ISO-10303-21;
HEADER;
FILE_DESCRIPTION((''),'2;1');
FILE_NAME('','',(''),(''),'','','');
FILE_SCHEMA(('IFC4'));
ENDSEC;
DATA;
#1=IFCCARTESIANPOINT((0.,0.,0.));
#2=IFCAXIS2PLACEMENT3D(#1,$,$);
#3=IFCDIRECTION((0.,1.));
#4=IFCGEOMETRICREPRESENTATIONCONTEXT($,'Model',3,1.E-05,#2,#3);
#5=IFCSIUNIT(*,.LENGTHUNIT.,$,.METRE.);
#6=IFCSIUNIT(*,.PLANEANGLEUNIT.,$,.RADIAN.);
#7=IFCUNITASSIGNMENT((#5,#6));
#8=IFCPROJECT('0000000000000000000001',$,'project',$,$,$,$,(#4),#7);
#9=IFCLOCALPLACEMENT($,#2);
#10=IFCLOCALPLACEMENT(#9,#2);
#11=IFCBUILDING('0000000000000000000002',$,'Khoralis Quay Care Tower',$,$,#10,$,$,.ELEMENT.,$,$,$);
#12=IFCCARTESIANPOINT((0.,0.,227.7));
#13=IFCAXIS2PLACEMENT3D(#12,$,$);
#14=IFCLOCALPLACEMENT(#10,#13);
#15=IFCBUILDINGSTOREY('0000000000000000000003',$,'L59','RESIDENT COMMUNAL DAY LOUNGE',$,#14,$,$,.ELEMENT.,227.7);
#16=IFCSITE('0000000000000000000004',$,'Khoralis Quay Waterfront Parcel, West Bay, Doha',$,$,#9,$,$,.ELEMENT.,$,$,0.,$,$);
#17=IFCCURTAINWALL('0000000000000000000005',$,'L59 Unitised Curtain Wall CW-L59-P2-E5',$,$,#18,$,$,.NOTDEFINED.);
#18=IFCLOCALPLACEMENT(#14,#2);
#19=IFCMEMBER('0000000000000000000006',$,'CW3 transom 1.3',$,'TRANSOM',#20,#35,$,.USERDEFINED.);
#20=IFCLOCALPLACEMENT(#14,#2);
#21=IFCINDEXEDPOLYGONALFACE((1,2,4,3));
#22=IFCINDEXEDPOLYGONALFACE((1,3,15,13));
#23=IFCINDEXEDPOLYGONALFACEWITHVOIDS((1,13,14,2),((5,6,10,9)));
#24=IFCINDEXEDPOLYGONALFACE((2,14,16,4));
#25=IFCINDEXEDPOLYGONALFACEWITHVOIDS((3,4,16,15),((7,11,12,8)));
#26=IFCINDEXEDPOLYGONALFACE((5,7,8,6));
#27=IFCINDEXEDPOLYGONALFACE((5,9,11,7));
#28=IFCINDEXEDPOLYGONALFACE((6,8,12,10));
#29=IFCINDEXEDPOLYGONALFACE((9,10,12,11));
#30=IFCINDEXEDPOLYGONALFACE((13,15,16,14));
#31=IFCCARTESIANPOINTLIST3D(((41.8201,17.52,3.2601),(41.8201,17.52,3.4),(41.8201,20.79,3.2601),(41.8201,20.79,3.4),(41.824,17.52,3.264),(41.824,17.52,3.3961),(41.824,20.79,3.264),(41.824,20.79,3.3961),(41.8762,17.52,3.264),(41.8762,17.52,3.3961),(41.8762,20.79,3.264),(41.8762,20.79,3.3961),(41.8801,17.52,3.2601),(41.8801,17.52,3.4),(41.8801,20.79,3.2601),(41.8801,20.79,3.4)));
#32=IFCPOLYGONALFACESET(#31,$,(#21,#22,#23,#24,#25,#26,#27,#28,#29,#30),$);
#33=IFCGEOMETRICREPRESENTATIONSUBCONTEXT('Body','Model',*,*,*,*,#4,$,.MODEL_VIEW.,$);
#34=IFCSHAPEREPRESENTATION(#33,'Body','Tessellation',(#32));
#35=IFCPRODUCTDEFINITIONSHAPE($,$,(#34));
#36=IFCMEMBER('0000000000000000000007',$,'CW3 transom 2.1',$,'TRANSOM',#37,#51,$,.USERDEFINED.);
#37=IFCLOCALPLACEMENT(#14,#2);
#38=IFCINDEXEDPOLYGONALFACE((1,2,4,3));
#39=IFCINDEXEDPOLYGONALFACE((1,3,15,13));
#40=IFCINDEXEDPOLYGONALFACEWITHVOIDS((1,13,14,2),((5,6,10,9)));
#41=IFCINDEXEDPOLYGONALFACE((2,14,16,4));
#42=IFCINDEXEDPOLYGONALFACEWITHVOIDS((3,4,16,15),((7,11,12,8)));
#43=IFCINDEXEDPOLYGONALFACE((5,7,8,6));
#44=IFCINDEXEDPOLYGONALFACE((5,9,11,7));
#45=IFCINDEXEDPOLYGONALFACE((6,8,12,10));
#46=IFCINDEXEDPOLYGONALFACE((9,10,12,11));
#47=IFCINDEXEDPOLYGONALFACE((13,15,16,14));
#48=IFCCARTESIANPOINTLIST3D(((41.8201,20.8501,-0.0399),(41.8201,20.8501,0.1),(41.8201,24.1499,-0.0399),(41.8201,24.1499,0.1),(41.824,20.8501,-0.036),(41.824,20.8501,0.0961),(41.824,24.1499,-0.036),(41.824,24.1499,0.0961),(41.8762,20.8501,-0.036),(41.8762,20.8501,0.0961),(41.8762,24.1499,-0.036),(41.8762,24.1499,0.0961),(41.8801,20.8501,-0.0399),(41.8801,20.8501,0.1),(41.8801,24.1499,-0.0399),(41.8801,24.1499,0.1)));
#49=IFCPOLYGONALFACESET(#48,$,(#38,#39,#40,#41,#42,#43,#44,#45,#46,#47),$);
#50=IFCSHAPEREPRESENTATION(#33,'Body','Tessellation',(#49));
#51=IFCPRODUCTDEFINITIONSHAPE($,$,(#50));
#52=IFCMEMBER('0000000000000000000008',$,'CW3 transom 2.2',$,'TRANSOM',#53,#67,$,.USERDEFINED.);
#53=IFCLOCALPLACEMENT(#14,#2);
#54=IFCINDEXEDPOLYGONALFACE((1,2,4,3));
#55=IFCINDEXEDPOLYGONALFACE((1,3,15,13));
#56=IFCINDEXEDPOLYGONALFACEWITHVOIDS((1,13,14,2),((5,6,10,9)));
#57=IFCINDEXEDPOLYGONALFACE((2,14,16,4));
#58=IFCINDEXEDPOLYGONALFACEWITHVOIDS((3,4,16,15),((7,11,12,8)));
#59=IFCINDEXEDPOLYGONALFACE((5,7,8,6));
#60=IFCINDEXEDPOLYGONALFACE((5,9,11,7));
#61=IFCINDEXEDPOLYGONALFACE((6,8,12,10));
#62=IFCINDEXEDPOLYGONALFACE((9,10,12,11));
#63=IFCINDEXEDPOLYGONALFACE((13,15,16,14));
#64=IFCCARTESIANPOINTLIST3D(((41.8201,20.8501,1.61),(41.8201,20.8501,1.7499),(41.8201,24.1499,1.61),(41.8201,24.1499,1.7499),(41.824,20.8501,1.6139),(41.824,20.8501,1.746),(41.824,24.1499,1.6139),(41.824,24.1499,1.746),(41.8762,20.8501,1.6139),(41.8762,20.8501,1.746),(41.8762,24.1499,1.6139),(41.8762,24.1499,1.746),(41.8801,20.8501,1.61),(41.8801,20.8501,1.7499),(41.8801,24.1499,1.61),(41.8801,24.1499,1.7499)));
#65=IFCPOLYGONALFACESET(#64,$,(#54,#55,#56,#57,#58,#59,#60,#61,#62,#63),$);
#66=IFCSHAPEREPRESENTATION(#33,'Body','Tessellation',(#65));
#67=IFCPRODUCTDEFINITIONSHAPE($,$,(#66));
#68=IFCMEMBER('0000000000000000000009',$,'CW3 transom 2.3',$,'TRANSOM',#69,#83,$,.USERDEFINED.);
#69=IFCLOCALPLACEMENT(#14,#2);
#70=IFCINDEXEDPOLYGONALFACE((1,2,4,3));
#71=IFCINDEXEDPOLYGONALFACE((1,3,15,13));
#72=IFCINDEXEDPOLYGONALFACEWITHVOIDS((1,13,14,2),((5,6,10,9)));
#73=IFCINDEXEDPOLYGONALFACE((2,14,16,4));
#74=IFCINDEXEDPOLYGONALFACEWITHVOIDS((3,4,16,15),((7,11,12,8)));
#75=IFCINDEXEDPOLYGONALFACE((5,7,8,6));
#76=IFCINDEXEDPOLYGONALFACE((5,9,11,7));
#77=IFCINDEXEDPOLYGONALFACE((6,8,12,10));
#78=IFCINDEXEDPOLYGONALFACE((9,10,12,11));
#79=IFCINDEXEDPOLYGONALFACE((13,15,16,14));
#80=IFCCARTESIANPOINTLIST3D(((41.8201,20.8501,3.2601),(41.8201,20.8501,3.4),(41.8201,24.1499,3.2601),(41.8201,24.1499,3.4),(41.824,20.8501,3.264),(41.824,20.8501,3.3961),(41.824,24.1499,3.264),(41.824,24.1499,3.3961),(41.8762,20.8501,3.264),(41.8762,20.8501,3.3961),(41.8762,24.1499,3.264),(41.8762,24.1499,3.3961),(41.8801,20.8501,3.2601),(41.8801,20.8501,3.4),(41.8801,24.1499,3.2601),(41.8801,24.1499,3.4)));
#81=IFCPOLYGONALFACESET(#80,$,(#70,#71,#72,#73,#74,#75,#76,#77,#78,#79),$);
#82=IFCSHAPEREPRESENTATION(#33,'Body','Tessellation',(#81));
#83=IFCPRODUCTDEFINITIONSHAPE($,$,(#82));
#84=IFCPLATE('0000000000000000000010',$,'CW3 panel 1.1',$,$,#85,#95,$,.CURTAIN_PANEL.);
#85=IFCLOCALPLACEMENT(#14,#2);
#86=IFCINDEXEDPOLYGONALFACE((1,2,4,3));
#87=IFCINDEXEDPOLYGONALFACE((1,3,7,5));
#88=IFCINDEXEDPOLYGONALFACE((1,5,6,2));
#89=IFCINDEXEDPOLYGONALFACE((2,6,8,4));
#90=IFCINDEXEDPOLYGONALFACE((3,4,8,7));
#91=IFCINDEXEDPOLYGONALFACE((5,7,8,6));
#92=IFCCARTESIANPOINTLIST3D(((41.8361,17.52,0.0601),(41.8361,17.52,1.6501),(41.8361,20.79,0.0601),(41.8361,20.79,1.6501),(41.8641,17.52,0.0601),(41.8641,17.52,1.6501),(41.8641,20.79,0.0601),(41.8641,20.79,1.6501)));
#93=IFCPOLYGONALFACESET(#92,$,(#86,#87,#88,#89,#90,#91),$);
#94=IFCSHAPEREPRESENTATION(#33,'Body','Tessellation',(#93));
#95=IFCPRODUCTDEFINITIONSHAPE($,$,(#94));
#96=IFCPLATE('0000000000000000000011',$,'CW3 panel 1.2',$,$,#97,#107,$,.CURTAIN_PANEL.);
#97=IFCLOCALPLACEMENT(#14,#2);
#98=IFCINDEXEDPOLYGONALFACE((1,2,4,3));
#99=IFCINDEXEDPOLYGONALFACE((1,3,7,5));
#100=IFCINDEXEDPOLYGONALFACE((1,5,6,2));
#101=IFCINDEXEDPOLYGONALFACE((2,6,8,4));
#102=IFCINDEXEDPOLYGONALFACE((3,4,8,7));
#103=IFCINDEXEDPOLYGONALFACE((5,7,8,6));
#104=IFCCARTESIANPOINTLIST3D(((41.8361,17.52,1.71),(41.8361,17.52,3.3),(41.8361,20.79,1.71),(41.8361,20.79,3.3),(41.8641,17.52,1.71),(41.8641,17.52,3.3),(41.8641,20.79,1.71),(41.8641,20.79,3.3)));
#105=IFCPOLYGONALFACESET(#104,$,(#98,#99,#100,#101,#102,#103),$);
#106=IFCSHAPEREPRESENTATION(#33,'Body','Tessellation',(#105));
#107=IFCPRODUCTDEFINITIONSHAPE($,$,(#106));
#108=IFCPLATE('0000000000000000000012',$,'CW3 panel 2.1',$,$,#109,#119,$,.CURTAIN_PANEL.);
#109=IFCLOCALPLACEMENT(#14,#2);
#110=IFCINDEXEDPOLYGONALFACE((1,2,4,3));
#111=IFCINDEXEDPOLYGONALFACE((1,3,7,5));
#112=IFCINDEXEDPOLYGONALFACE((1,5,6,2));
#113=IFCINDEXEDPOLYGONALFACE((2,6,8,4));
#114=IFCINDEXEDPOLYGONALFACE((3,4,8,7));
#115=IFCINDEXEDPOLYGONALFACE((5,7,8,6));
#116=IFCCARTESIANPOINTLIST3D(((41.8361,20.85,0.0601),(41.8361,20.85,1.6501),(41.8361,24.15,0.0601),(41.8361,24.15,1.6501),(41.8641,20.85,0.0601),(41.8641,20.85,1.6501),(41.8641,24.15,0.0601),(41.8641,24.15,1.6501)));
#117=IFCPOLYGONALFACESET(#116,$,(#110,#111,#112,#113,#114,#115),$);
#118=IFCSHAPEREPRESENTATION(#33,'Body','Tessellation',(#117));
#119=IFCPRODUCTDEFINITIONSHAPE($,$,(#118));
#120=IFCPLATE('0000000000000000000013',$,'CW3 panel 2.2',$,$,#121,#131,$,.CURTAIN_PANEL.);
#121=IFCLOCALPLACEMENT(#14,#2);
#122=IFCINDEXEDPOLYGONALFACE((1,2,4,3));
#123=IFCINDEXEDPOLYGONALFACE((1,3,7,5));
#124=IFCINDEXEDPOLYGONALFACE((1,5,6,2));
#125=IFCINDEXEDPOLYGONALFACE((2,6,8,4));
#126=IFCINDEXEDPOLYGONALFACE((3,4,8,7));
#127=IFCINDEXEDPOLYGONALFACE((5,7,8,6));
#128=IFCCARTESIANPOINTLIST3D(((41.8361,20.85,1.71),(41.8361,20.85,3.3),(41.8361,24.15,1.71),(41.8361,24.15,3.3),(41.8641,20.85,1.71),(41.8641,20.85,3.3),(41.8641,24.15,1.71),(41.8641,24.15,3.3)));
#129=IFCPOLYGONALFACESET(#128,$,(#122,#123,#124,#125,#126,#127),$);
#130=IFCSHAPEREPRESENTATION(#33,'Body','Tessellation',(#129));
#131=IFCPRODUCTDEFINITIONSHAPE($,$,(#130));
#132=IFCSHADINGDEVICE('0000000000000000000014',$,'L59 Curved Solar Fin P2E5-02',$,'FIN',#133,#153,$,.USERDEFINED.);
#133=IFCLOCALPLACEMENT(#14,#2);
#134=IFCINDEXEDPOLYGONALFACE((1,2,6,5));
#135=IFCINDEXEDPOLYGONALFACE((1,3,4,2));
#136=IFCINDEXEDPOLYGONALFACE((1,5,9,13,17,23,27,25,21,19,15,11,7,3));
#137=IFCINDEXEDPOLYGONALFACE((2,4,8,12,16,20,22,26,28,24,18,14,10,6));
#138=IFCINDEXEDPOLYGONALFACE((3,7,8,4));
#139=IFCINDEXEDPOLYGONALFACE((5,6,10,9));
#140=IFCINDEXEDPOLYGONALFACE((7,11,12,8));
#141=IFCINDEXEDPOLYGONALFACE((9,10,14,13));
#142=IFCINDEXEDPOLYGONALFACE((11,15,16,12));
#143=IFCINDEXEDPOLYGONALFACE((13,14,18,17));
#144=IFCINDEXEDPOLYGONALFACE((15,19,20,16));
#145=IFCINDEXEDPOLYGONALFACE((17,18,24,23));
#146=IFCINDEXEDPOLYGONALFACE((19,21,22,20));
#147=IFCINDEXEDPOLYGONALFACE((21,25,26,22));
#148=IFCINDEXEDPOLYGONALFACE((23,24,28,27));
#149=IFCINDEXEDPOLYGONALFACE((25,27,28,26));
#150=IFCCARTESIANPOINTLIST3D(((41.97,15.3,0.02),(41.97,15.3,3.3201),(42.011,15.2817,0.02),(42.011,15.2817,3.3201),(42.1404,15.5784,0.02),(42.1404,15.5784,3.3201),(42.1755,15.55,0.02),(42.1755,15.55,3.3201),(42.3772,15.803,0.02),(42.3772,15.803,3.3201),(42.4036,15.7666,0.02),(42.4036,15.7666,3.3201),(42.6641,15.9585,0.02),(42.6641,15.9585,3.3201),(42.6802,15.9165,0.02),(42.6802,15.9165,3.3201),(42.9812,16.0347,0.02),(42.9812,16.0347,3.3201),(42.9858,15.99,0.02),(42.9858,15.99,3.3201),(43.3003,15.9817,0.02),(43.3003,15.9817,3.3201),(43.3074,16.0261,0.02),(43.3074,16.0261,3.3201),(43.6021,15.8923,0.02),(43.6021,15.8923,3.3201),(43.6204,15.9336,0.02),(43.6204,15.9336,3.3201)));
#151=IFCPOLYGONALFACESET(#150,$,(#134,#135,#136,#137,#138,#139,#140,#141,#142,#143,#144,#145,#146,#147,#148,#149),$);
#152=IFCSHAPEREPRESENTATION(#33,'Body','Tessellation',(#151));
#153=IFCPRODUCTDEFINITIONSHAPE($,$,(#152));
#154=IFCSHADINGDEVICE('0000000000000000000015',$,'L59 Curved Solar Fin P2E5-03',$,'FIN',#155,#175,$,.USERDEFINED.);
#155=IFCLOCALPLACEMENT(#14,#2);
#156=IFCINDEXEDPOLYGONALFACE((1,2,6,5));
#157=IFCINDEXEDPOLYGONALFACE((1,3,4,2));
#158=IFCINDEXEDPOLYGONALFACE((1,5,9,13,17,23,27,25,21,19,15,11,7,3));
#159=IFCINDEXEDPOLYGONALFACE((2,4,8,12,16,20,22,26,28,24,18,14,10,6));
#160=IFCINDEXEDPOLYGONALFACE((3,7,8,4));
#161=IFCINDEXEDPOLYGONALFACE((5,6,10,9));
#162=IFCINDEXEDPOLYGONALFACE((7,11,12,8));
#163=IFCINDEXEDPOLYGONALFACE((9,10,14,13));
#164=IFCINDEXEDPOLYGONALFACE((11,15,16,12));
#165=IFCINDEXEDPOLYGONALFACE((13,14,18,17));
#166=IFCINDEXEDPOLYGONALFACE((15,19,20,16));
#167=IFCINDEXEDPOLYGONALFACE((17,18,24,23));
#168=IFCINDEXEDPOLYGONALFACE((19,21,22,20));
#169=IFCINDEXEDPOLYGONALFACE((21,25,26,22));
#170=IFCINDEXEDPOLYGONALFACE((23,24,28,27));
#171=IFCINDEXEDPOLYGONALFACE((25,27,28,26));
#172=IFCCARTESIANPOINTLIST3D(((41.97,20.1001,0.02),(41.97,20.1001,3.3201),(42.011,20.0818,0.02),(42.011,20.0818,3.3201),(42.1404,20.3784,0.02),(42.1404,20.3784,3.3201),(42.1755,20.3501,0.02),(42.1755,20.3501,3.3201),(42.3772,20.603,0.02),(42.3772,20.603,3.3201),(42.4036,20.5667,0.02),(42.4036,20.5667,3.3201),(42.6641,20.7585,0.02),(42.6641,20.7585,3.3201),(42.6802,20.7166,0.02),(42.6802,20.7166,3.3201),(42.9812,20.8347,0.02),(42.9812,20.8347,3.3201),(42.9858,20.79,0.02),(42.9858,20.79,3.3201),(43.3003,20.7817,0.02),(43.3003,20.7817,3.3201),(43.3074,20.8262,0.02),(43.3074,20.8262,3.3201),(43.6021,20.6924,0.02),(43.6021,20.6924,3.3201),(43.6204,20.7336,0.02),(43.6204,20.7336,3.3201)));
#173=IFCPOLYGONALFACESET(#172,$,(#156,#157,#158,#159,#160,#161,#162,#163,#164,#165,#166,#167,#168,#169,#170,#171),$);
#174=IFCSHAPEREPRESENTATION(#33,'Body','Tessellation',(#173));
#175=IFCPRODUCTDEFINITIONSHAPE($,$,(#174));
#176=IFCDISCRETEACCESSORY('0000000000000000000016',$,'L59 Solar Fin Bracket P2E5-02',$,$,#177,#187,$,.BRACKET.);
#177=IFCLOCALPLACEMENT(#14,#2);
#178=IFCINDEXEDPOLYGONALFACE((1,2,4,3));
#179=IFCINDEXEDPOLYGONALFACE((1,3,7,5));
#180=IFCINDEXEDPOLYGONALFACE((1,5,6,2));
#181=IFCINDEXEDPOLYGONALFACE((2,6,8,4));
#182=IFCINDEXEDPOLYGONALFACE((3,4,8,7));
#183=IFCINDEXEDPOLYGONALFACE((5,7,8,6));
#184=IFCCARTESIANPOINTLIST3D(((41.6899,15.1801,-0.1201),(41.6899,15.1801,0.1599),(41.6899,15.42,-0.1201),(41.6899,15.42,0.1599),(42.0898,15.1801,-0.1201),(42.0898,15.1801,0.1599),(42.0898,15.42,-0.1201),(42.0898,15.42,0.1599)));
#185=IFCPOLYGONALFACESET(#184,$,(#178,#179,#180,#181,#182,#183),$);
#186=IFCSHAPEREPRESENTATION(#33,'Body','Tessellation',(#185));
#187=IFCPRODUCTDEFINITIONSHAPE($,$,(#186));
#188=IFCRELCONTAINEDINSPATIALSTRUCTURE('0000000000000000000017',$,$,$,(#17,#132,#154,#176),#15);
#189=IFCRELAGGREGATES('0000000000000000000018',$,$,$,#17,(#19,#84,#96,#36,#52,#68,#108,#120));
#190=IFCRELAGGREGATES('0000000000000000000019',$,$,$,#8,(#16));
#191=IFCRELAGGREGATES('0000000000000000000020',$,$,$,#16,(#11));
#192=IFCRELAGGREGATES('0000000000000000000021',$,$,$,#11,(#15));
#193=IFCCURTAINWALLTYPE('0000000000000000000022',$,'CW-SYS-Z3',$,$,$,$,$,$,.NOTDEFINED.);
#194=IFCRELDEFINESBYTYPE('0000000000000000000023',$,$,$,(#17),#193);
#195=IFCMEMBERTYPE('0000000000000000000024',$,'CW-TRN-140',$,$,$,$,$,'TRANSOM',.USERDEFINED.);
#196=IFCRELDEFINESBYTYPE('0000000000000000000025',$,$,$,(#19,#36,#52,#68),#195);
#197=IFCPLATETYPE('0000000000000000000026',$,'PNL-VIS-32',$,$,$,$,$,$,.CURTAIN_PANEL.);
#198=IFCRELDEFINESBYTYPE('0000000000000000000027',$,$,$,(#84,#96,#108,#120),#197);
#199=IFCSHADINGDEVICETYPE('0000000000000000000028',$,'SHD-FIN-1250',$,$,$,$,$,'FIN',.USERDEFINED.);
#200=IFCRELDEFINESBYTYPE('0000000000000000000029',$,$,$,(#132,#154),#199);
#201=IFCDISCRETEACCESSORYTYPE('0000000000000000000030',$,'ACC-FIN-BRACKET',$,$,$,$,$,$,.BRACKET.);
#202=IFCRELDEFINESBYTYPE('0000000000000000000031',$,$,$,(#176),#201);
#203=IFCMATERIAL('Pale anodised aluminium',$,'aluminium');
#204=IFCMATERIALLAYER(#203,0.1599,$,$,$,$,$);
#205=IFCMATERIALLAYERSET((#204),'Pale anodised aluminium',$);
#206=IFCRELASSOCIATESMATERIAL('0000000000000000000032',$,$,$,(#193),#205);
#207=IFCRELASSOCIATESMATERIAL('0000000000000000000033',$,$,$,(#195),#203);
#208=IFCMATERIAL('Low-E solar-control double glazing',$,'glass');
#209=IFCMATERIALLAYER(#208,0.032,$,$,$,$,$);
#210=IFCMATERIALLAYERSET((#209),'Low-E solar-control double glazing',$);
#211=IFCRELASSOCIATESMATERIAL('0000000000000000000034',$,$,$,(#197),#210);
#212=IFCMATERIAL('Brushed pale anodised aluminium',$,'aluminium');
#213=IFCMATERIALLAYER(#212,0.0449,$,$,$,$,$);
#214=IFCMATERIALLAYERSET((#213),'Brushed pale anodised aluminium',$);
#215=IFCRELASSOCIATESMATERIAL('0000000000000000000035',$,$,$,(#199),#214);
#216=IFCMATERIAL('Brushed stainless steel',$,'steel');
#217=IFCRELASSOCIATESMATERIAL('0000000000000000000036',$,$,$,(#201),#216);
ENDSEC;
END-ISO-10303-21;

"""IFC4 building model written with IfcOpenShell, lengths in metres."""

from ifc_helpers import new_model, si_unit, direction, frame, origin, origin_2d, place, context, subcontext, project, spatial, polyline, rectangle, hollow_rectangle, outline, extrude, source, transform, mapped, material, layer, layer_set, material_profile, profile_set, type_object, element, aggregate, save


model = new_model("IFC4")

# Units and contexts
model_context = context("Model", 3, precision=1e-05, world=origin(), true_north=direction((0.0, 1.0)))
body_context = subcontext(model_context, "Body", "Model", "MODEL_VIEW")
ifc_project = project(units=[si_unit("LENGTHUNIT", "METRE"), si_unit("PLANEANGLEUNIT", "RADIAN")], contexts=[model_context])

# Site, building, storey
site_placement = place(None, origin())
site = spatial("IfcSite", under=ifc_project, at=site_placement, Name="Khoralis Quay Waterfront Parcel, West Bay, Doha", CompositionType="ELEMENT", RefElevation=0.0)
building_placement = place(site_placement, origin())
building = spatial("IfcBuilding", under=site, at=building_placement, Name="Khoralis Quay Care Tower", CompositionType="ELEMENT")
storey_placement = place(building_placement, frame((0.0, 0.0, 227.7)))
storey = spatial("IfcBuildingStorey", under=building, at=storey_placement, Name="L59", Description="RESIDENT COMMUNAL DAY LOUNGE", CompositionType="ELEMENT", Elevation=227.7)

# Curtain wall, members, plates
ifc_material_1 = material(Name="Pale anodised aluminium", Category="aluminium")
ifc_layer_1 = layer(ifc_material_1, 0.1599)
ifc_layer_set_1 = layer_set([ifc_layer_1], Name="Pale anodised aluminium")
curtain_wall_type = type_object("IfcCurtainWallType", Name="CW-SYS-Z3", PredefinedType="NOTDEFINED", material=ifc_layer_set_1)
curtain_wall_placement = place(storey_placement, origin())
curtain_wall = element("IfcCurtainWall", 1, at=curtain_wall_placement, inside=storey, type_object=curtain_wall_type, Name="L59 Unitised Curtain Wall CW-L59-P2-E5", PredefinedType="NOTDEFINED")
ifc_material_profile_1 = material_profile(ifc_material_1, hollow_rectangle(XDim=0.0601, YDim=0.1399, WallThickness=0.0039, at=origin_2d()), Name="Pale anodised aluminium")
ifc_profile_set_1 = profile_set([ifc_material_profile_1], Name="Pale anodised aluminium")
member_type_1 = type_object("IfcMemberType", Name="CW-TRN-140", ElementType="TRANSOM", PredefinedType="USERDEFINED", material=ifc_profile_set_1)
shared_shape_1 = source(origin(), body_context, "Body", "SweptSolid", [
    extrude(hollow_rectangle(XDim=0.0601, YDim=0.1399, WallThickness=0.0039, at=origin_2d()), origin(), (0.0, 0.0, 1.0), 3.27),
])
member_1_placement = place(storey_placement, frame((41.8501, 17.52, 3.3301), z_axis=(0.0, 1.0, 0.0), x_axis=(-1.0, 0.0, 0.0)))
member_1 = element("IfcMember", 2, at=member_1_placement, type_object=member_type_1, Name="CW3 transom 1.3", ObjectType="TRANSOM", PredefinedType="USERDEFINED", context=body_context, shape_type="MappedRepresentation", body=[
    mapped(shared_shape_1, transform((0.0, 0.0, 0.0), scale=1.0)),
])
shared_shape_2 = source(origin(), body_context, "Body", "SweptSolid", [
    extrude(hollow_rectangle(XDim=0.0601, YDim=0.1399, WallThickness=0.0039, at=origin_2d()), origin(), (0.0, 0.0, 1.0), 3.2998),
])
member_2_placement = place(storey_placement, frame((41.8501, 20.8501, 0.03), z_axis=(0.0, 1.0, 0.0), x_axis=(-1.0, 0.0, 0.0)))
member_2 = element("IfcMember", 3, at=member_2_placement, type_object=member_type_1, Name="CW3 transom 2.1", ObjectType="TRANSOM", PredefinedType="USERDEFINED", context=body_context, shape_type="MappedRepresentation", body=[
    mapped(shared_shape_2, transform((0.0, 0.0, 0.0), scale=1.0)),
])
member_3_placement = place(storey_placement, frame((41.8501, 20.8501, 1.6799), z_axis=(0.0, 1.0, 0.0), x_axis=(-1.0, 0.0, 0.0)))
member_3 = element("IfcMember", 4, at=member_3_placement, type_object=member_type_1, Name="CW3 transom 2.2", ObjectType="TRANSOM", PredefinedType="USERDEFINED", context=body_context, shape_type="MappedRepresentation", body=[
    mapped(shared_shape_2, transform((0.0, 0.0, 0.0), scale=1.0)),
])
member_4_placement = place(storey_placement, frame((41.8501, 20.8501, 3.3301), z_axis=(0.0, 1.0, 0.0), x_axis=(-1.0, 0.0, 0.0)))
member_4 = element("IfcMember", 5, at=member_4_placement, type_object=member_type_1, Name="CW3 transom 2.3", ObjectType="TRANSOM", PredefinedType="USERDEFINED", context=body_context, shape_type="MappedRepresentation", body=[
    mapped(shared_shape_2, transform((0.0, 0.0, 0.0), scale=1.0)),
])
ifc_material_2 = material(Name="Low-E solar-control double glazing", Category="glass")
ifc_layer_2 = layer(ifc_material_2, 0.032)
ifc_layer_set_2 = layer_set([ifc_layer_2], Name="Low-E solar-control double glazing")
plate_type = type_object("IfcPlateType", Name="PNL-VIS-32", PredefinedType="CURTAIN_PANEL", material=ifc_layer_set_2)
shared_shape_3 = source(origin(), body_context, "Body", "SweptSolid", [
    extrude(rectangle(XDim=3.27, YDim=0.0281, at=origin_2d()), origin(), (0.0, 0.0, 1.0), 1.5901),
])
plate_1_placement = place(storey_placement, frame((41.8501, 19.155, 0.0601), z_axis=(0.0, 0.0, 1.0), x_axis=(0.0, 1.0, 0.0)))
plate_1 = element("IfcPlate", 6, at=plate_1_placement, type_object=plate_type, Name="CW3 panel 1.1", PredefinedType="CURTAIN_PANEL", context=body_context, shape_type="MappedRepresentation", body=[
    mapped(shared_shape_3, transform((0.0, 0.0, 0.0), scale=1.0)),
])
plate_2_placement = place(storey_placement, frame((41.8501, 19.155, 1.71), z_axis=(0.0, 0.0, 1.0), x_axis=(0.0, 1.0, 0.0)))
plate_2 = element("IfcPlate", 7, at=plate_2_placement, type_object=plate_type, Name="CW3 panel 1.2", PredefinedType="CURTAIN_PANEL", context=body_context, shape_type="MappedRepresentation", body=[
    mapped(shared_shape_3, transform((0.0, 0.0, 0.0), scale=1.0)),
])
shared_shape_4 = source(origin(), body_context, "Body", "SweptSolid", [
    extrude(rectangle(XDim=3.3, YDim=0.0281, at=origin_2d()), origin(), (0.0, 0.0, 1.0), 1.5901),
])
plate_3_placement = place(storey_placement, frame((41.8501, 22.5, 0.0601), z_axis=(0.0, 0.0, 1.0), x_axis=(0.0, 1.0, 0.0)))
plate_3 = element("IfcPlate", 8, at=plate_3_placement, type_object=plate_type, Name="CW3 panel 2.1", PredefinedType="CURTAIN_PANEL", context=body_context, shape_type="MappedRepresentation", body=[
    mapped(shared_shape_4, transform((0.0, 0.0, 0.0), scale=1.0)),
])
plate_4_placement = place(storey_placement, frame((41.8501, 22.5, 1.71), z_axis=(0.0, 0.0, 1.0), x_axis=(0.0, 1.0, 0.0)))
plate_4 = element("IfcPlate", 9, at=plate_4_placement, type_object=plate_type, Name="CW3 panel 2.2", PredefinedType="CURTAIN_PANEL", context=body_context, shape_type="MappedRepresentation", body=[
    mapped(shared_shape_4, transform((0.0, 0.0, 0.0), scale=1.0)),
])
aggregate(curtain_wall, [member_1, plate_1, plate_2, member_2, member_3, member_4, plate_3, plate_4])

# Shading devices
ifc_material_3 = material(Name="Brushed pale anodised aluminium", Category="aluminium")
ifc_layer_3 = layer(ifc_material_3, 0.0449)
ifc_layer_set_3 = layer_set([ifc_layer_3], Name="Brushed pale anodised aluminium")
shading_device_type = type_object("IfcShadingDeviceType", Name="SHD-FIN-1250", ElementType="FIN", PredefinedType="USERDEFINED", material=ifc_layer_set_3)
shared_shape_5 = source(origin(), body_context, "Body", "SweptSolid", [
    extrude(outline(polyline([(0.0, 0.0), (0.1704, 0.2783), (0.4072, 0.5029), (0.6941, 0.6584), (1.0112, 0.7346), (1.3374, 0.7261), (1.6504, 0.6335), (1.6321, 0.5923), (1.3303, 0.6816), (1.0159, 0.6899), (0.7102, 0.6165), (0.4336, 0.4666), (0.2056, 0.25), (0.041, -0.0183), (0.0, 0.0)])), origin(), (0.0, 0.0, 1.0), 3.3),
])
for number, where, z_axis, x_axis, name in (
    (10, (41.97, 15.3, 0.02), (0.0, 0.0, 1.0), (1.0, 0.0, 0.0), "L59 Curved Solar Fin P2E5-02"),
    (11, (41.97, 20.1001, 0.02), (0.0, 0.0, 1.0), (1.0, 0.0, 0.0), "L59 Curved Solar Fin P2E5-03"),
):
    element("IfcShadingDevice", number, at=place(storey_placement, frame(where, z_axis=z_axis, x_axis=x_axis)), inside=storey, type_object=shading_device_type, Name=name, ObjectType="FIN", PredefinedType="USERDEFINED", context=body_context, shape_type="MappedRepresentation", body=[
        mapped(shared_shape_5, transform((0.0, 0.0, 0.0), scale=1.0)),
    ])

# Discrete accessory
ifc_material_4 = material(Name="Brushed stainless steel", Category="steel")
discrete_accessory_type = type_object("IfcDiscreteAccessoryType", Name="ACC-FIN-BRACKET", PredefinedType="BRACKET", material=ifc_material_4)
shared_shape_6 = source(origin(), body_context, "Body", "SweptSolid", [
    extrude(rectangle(XDim=0.3999, YDim=0.24, at=origin_2d()), origin(), (0.0, 0.0, 1.0), 0.28),
])
for number, where, z_axis, x_axis, name in (
    (12, (41.8899, 15.3, -0.1201), (0.0, 0.0, 1.0), (1.0, 0.0, 0.0), "L59 Solar Fin Bracket P2E5-02"),
):
    element("IfcDiscreteAccessory", number, at=place(storey_placement, frame(where, z_axis=z_axis, x_axis=x_axis)), inside=storey, type_object=discrete_accessory_type, Name=name, PredefinedType="BRACKET", context=body_context, shape_type="MappedRepresentation", body=[
        mapped(shared_shape_6, transform((0.0, 0.0, 0.0), scale=1.0)),
    ])

save(model, "model.ifc")
